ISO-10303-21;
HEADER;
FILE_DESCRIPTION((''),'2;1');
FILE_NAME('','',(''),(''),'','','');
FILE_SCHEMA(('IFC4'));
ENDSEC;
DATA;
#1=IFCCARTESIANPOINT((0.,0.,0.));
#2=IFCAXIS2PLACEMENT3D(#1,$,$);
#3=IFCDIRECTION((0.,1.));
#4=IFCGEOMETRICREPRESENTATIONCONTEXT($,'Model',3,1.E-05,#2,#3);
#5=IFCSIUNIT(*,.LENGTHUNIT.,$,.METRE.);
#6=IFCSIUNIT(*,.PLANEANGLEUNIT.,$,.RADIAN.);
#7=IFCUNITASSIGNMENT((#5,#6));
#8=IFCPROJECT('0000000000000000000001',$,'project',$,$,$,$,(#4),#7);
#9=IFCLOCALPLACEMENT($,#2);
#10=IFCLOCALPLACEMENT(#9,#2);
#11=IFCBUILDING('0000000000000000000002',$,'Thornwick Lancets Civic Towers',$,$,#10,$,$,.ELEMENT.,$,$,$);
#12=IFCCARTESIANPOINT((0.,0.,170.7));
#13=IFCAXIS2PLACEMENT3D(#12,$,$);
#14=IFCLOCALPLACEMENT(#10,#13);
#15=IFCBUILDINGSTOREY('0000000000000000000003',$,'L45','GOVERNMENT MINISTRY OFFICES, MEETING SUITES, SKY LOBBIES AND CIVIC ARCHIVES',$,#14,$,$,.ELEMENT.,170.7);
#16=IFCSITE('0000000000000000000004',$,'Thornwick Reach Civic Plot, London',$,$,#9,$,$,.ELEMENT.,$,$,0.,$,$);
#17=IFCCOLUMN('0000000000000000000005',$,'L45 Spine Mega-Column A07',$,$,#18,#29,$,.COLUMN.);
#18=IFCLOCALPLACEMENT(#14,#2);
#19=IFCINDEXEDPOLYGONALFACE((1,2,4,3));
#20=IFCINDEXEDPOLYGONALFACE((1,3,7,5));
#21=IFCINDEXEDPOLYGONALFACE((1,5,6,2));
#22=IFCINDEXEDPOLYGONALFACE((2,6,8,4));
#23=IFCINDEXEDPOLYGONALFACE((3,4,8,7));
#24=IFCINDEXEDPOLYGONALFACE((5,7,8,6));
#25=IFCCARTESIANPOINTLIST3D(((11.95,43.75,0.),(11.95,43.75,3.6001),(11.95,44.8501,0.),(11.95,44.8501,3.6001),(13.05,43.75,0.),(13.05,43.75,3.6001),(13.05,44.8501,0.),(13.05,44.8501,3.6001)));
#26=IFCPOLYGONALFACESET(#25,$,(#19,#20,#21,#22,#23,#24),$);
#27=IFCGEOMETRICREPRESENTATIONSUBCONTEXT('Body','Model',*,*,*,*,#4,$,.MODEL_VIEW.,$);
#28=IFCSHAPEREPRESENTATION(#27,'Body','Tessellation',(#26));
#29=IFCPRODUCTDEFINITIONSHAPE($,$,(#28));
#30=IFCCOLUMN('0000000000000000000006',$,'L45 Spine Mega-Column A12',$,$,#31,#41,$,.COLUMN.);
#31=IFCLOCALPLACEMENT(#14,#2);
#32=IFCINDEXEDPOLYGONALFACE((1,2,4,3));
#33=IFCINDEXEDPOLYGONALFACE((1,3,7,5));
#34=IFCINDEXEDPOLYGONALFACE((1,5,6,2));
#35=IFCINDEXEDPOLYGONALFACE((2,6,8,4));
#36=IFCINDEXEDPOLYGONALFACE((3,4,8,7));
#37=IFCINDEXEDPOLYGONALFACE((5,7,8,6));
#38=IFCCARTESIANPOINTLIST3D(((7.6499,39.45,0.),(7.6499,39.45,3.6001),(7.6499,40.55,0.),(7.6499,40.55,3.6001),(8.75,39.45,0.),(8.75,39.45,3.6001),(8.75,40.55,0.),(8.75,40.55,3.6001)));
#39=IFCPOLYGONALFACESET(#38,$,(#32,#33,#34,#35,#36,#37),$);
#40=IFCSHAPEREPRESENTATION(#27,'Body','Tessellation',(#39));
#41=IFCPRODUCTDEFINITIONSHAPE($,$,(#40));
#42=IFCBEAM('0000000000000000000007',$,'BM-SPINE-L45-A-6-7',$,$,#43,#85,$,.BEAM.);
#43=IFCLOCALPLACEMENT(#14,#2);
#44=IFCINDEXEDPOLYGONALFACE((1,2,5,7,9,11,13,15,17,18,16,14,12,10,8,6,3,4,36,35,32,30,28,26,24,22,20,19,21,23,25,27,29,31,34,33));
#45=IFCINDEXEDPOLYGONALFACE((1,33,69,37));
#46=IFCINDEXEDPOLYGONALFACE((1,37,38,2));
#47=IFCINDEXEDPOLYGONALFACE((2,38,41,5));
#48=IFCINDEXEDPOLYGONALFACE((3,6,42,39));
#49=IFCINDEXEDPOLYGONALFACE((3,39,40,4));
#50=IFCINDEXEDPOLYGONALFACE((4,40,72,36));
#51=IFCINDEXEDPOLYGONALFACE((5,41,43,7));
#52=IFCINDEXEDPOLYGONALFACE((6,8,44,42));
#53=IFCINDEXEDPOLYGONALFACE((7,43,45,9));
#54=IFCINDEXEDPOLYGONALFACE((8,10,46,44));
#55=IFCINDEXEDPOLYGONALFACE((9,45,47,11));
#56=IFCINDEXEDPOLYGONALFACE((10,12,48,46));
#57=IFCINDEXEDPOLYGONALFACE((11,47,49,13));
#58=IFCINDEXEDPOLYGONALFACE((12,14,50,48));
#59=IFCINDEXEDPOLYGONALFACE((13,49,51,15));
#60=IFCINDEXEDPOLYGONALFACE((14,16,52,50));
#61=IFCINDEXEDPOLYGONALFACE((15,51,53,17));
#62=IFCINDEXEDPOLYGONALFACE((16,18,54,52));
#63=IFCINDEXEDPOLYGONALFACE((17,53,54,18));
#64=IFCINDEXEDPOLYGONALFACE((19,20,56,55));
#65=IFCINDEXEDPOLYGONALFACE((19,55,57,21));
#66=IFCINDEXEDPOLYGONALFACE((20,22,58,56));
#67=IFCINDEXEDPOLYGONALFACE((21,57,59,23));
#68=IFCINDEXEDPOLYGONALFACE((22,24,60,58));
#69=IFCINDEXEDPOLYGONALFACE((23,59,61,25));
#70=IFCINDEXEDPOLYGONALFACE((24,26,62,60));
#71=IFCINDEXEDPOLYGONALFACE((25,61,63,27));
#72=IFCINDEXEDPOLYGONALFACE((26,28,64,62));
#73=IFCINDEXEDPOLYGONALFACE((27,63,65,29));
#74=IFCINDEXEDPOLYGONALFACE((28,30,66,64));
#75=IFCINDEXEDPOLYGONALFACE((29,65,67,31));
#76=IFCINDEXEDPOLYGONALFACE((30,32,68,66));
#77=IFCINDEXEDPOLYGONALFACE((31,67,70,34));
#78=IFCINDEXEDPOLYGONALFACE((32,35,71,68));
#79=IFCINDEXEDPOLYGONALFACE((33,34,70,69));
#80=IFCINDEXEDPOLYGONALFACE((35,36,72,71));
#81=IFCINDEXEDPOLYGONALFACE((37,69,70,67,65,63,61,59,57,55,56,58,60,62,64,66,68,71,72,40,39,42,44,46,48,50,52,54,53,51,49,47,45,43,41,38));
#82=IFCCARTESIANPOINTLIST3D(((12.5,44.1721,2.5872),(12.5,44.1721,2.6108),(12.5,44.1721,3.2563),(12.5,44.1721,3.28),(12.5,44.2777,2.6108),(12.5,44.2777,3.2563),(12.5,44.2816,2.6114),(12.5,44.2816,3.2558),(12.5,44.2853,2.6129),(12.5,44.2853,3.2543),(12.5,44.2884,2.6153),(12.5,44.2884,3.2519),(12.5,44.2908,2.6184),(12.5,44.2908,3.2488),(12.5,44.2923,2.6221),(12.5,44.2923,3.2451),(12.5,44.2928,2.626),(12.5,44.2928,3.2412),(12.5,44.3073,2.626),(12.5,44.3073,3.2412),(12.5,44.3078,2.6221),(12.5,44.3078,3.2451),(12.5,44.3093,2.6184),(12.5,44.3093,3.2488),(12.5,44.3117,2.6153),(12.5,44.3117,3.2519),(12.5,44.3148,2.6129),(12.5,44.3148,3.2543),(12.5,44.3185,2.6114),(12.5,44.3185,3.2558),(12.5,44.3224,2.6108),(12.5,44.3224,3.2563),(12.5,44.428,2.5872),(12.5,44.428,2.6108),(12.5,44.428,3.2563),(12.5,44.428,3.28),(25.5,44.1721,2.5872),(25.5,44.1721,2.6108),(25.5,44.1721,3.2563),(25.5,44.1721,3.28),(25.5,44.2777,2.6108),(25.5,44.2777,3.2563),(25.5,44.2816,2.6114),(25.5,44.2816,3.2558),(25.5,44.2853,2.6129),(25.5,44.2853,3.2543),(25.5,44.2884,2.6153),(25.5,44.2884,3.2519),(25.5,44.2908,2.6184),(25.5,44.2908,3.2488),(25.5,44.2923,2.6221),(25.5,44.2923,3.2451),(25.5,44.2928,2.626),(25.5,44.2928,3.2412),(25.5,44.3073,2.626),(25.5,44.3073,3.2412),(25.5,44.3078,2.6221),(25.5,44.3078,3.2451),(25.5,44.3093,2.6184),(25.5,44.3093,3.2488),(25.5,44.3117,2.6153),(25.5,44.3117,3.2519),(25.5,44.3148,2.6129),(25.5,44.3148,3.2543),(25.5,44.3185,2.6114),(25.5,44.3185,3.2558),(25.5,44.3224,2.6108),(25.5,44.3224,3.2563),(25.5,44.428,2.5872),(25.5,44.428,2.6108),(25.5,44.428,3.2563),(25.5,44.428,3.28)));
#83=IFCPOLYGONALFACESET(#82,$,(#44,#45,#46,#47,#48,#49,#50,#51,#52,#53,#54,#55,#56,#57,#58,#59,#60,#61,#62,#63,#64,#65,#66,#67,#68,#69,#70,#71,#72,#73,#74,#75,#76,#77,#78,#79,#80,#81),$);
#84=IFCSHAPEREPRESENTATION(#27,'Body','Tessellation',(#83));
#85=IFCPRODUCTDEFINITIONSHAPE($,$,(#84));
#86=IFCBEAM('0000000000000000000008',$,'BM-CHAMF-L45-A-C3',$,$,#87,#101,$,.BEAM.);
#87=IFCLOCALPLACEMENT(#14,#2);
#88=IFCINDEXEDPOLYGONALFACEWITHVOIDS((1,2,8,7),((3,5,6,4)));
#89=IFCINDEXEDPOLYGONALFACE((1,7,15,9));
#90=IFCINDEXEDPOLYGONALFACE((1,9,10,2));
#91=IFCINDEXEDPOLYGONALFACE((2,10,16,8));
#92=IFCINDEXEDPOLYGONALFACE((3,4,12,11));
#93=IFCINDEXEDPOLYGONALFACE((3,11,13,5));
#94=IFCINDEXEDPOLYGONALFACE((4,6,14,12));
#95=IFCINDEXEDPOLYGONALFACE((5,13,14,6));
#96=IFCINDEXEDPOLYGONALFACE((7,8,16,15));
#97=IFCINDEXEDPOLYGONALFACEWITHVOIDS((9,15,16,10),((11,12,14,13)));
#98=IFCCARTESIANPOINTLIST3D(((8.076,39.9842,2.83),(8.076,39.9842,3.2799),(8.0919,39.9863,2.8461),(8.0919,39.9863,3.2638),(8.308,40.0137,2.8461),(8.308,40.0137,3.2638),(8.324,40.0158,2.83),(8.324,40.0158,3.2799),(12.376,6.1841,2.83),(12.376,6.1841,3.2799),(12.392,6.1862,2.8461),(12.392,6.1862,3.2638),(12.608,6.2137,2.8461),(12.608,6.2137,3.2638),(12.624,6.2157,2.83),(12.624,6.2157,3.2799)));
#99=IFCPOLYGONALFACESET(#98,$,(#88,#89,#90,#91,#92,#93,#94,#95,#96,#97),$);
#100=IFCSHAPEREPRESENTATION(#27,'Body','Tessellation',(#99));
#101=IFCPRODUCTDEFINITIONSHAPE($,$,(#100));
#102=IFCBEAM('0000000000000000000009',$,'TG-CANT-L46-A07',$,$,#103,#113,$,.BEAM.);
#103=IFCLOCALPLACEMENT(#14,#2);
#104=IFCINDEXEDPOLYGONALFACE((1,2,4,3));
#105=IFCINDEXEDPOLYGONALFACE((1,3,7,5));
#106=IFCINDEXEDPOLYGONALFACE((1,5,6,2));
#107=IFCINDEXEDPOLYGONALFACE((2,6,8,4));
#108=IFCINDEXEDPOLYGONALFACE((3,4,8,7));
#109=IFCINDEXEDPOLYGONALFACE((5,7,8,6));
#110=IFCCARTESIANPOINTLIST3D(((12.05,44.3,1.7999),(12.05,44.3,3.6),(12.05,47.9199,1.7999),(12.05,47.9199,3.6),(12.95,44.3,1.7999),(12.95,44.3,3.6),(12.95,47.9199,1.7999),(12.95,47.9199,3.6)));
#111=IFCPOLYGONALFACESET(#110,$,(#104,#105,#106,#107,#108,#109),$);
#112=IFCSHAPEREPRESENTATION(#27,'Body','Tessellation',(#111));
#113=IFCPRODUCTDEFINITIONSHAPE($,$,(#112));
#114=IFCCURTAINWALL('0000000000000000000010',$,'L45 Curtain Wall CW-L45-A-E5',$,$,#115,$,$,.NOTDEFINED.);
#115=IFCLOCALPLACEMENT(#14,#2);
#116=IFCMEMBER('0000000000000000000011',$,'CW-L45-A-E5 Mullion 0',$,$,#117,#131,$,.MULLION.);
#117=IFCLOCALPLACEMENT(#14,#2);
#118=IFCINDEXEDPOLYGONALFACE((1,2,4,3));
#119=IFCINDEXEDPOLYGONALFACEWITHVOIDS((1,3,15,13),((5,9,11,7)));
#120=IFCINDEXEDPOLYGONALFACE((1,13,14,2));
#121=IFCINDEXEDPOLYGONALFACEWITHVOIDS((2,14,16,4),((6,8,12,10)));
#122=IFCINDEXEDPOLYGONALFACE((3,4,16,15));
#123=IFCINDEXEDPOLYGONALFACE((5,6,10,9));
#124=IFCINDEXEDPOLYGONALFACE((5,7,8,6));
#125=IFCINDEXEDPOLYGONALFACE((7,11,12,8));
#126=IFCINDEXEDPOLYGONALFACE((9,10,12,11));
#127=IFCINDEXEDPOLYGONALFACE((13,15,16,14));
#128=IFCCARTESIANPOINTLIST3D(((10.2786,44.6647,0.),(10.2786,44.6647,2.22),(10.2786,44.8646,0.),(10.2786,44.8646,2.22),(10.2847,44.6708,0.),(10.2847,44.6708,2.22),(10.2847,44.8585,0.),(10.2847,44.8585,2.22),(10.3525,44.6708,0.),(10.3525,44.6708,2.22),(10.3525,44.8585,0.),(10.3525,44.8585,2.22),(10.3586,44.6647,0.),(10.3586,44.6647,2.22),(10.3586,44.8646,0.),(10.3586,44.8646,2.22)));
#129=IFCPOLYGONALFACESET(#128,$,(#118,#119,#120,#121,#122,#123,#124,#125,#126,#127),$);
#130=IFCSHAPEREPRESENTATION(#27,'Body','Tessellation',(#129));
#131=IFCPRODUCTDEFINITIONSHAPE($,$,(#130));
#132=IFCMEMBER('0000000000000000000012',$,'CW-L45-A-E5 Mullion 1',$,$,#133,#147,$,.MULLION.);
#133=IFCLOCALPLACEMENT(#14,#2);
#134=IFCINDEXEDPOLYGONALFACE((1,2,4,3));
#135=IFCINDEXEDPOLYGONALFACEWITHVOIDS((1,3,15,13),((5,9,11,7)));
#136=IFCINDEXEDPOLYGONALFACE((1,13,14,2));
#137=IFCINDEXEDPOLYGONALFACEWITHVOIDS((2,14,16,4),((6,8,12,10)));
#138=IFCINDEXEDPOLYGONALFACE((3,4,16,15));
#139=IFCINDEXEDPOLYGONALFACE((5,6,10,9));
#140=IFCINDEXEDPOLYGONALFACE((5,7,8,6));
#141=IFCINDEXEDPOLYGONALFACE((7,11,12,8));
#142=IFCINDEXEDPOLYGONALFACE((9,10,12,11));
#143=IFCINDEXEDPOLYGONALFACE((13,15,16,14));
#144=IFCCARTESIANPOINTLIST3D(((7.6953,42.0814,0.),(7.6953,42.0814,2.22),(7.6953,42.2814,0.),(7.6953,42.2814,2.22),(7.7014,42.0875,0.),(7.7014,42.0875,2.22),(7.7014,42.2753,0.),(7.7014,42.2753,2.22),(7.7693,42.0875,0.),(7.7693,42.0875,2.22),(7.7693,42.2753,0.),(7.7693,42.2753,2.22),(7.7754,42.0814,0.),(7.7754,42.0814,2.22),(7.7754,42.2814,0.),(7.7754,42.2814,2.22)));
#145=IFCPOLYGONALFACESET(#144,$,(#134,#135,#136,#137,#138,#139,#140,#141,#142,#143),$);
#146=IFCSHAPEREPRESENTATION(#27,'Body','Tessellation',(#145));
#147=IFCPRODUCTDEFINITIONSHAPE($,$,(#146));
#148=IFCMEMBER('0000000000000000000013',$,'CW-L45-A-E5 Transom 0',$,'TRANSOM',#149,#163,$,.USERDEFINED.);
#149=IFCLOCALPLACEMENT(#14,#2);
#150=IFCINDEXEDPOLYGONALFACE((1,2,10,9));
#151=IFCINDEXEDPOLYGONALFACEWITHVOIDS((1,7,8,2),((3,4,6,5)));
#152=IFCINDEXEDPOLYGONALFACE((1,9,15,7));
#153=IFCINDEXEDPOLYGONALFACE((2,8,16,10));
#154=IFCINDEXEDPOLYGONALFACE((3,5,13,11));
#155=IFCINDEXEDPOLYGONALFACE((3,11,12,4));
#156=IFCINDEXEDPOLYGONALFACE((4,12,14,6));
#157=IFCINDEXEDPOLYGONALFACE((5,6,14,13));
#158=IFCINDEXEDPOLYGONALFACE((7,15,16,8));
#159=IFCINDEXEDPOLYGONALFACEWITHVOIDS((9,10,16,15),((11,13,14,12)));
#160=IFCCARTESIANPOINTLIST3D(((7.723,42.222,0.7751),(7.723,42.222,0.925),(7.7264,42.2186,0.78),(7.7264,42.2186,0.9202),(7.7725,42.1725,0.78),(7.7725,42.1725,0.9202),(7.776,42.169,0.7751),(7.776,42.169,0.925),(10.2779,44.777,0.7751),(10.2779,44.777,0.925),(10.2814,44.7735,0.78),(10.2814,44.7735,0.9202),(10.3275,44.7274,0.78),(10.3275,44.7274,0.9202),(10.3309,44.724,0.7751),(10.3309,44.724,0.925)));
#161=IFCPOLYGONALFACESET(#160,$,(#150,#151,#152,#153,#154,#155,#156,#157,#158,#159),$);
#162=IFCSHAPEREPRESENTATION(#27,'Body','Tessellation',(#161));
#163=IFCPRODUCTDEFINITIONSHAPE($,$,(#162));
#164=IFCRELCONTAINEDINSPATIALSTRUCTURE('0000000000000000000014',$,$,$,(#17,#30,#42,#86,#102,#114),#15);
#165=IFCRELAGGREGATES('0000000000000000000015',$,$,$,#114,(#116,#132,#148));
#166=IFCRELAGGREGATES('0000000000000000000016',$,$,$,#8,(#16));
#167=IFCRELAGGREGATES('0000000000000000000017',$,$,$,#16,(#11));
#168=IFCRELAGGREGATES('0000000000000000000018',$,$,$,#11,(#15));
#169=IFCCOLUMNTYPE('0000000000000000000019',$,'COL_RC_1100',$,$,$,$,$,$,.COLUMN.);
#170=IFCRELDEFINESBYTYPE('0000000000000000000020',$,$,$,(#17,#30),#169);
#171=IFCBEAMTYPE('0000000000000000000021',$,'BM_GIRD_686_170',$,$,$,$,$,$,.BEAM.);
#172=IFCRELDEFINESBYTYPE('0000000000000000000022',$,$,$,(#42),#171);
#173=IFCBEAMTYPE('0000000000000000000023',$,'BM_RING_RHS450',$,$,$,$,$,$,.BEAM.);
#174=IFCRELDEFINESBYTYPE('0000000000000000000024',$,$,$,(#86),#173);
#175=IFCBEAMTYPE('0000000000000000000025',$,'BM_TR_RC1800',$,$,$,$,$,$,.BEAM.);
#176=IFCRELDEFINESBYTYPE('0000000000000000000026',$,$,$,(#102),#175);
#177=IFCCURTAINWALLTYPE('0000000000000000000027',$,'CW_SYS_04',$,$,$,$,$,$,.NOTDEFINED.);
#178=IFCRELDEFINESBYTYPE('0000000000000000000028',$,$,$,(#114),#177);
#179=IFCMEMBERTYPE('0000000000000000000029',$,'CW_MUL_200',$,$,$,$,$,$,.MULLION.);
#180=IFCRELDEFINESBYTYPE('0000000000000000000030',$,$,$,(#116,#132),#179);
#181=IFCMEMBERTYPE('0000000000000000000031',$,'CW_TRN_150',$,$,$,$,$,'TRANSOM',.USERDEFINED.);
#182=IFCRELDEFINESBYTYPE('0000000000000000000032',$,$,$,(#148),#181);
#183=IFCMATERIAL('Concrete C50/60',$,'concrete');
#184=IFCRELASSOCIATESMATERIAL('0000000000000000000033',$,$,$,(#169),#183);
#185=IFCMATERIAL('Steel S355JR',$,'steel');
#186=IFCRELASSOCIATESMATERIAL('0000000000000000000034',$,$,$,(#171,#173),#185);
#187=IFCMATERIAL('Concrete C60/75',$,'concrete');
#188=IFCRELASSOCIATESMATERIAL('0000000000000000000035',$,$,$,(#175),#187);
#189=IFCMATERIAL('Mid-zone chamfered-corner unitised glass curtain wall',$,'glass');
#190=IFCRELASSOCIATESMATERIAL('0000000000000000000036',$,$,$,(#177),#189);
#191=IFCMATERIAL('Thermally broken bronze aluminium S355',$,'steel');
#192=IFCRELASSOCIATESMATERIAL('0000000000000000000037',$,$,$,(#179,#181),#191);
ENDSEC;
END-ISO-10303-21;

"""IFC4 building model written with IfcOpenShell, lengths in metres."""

from ifc_helpers import new_model, si_unit, direction, frame, origin, origin_2d, place, context, subcontext, project, spatial, rectangle, hollow_rectangle, i_section, extrude, material, material_profile, profile_set, type_object, element, aggregate, save


model = new_model("IFC4")

# Units and contexts
model_context = context("Model", 3, precision=1e-05, world=origin(), true_north=direction((0.0, 1.0)))
body_context = subcontext(model_context, "Body", "Model", "MODEL_VIEW")
ifc_project = project(units=[si_unit("LENGTHUNIT", "METRE"), si_unit("PLANEANGLEUNIT", "RADIAN")], contexts=[model_context])

# Site, building, storey
site_placement = place(None, origin())
site = spatial("IfcSite", under=ifc_project, at=site_placement, Name="Thornwick Reach Civic Plot, London", CompositionType="ELEMENT", RefElevation=0.0)
building_placement = place(site_placement, origin())
building = spatial("IfcBuilding", under=site, at=building_placement, Name="Thornwick Lancets Civic Towers", CompositionType="ELEMENT")
storey_placement = place(building_placement, frame((0.0, 0.0, 170.7)))
storey = spatial("IfcBuildingStorey", under=building, at=storey_placement, Name="L45", Description="GOVERNMENT MINISTRY OFFICES, MEETING SUITES, SKY LOBBIES AND CIVIC ARCHIVES", CompositionType="ELEMENT", Elevation=170.7)

# Columns
ifc_material_1 = material(Name="Concrete C50/60", Category="concrete")
ifc_material_profile_1 = material_profile(ifc_material_1, rectangle(XDim=1.1001, YDim=1.1001, at=origin_2d()), Name="RC 1100x1100")
ifc_profile_set_1 = profile_set([ifc_material_profile_1], Name="Concrete C50/60")
column_type = type_object("IfcColumnType", Name="COL_RC_1100", PredefinedType="COLUMN", material=ifc_profile_set_1)
for number, where, z_axis, x_axis, name in (
    (1, (12.5, 44.3, 0.0), (0.0, 0.0, 1.0), (1.0, 0.0, 0.0), "L45 Spine Mega-Column A07"),
    (2, (8.2, 40.0, 0.0), (0.0, 0.0, 1.0), (1.0, 0.0, 0.0), "L45 Spine Mega-Column A12"),
):
    element("IfcColumn", number, at=place(storey_placement, frame(where, z_axis=z_axis, x_axis=x_axis)), inside=storey, type_object=column_type, Name=name, PredefinedType="COLUMN", context=body_context, shape_type="SweptSolid", body=[
        extrude(rectangle(XDim=1.1001, YDim=1.1001, at=origin_2d()), origin(), (0.0, 0.0, 1.0), 3.6001),
    ])

# Beams
ifc_material_2 = material(Name="Steel S355JR", Category="steel")
ifc_material_profile_2 = material_profile(ifc_material_2, i_section(OverallWidth=0.2559, OverallDepth=0.6929, WebThickness=0.0144, FlangeThickness=0.0237, FilletRadius=0.0151, at=origin_2d()), Name="UKB 686x254x170")
ifc_profile_set_2 = profile_set([ifc_material_profile_2], Name="Steel S355JR")
beam_type_1 = type_object("IfcBeamType", Name="BM_GIRD_686_170", PredefinedType="BEAM", material=ifc_profile_set_2)
beam_1_placement = place(storey_placement, frame((12.5, 44.3, 2.9336), z_axis=(1.0, 0.0, 0.0), x_axis=(0.0, 1.0, 0.0)))
element("IfcBeam", 3, at=beam_1_placement, inside=storey, type_object=beam_type_1, Name="BM-SPINE-L45-A-6-7", PredefinedType="BEAM", context=body_context, shape_type="SweptSolid", body=[
    extrude(i_section(OverallWidth=0.2559, OverallDepth=0.6929, WebThickness=0.0144, FlangeThickness=0.0237, FilletRadius=0.0151, at=origin_2d()), origin(), (0.0, 0.0, 1.0), 13.0),
])
ifc_material_profile_3 = material_profile(ifc_material_2, hollow_rectangle(XDim=0.25, YDim=0.45, WallThickness=0.0161, at=origin_2d()), Name="RHS 450x250x16")
ifc_profile_set_3 = profile_set([ifc_material_profile_3], Name="Steel S355JR")
beam_type_2 = type_object("IfcBeamType", Name="BM_RING_RHS450", PredefinedType="BEAM", material=ifc_profile_set_3)
beam_2_placement = place(storey_placement, frame((8.2, 40.0, 3.0549), z_axis=(0.126203, -0.992004, 0.0), x_axis=(0.992004, 0.126203, 0.0)))
element("IfcBeam", 4, at=beam_2_placement, inside=storey, type_object=beam_type_2, Name="BM-CHAMF-L45-A-C3", PredefinedType="BEAM", context=body_context, shape_type="SweptSolid", body=[
    extrude(hollow_rectangle(XDim=0.25, YDim=0.45, WallThickness=0.0161, at=origin_2d()), origin(), (0.0, 0.0, 1.0), 34.0725),
])
ifc_material_3 = material(Name="Concrete C60/75", Category="concrete")
ifc_material_profile_4 = material_profile(ifc_material_3, rectangle(XDim=0.8999, YDim=1.8, at=origin_2d()), Name="RC 900x1800")
ifc_profile_set_4 = profile_set([ifc_material_profile_4], Name="Concrete C60/75")
beam_type_3 = type_object("IfcBeamType", Name="BM_TR_RC1800", PredefinedType="BEAM", material=ifc_profile_set_4)
beam_3_placement = place(storey_placement, frame((12.5, 44.3, 2.7), z_axis=(0.0, 1.0, 0.0), x_axis=(-1.0, 0.0, 0.0)))
element("IfcBeam", 5, at=beam_3_placement, inside=storey, type_object=beam_type_3, Name="TG-CANT-L46-A07", PredefinedType="BEAM", context=body_context, shape_type="SweptSolid", body=[
    extrude(rectangle(XDim=0.8999, YDim=1.8, at=origin_2d()), origin(), (0.0, 0.0, 1.0), 3.6199),
])

# Curtain wall, members
ifc_material_4 = material(Name="Mid-zone chamfered-corner unitised glass curtain wall", Category="glass")
curtain_wall_type = type_object("IfcCurtainWallType", Name="CW_SYS_04", PredefinedType="NOTDEFINED", material=ifc_material_4)
curtain_wall_placement = place(storey_placement, origin())
curtain_wall = element("IfcCurtainWall", 6, at=curtain_wall_placement, inside=storey, type_object=curtain_wall_type, Name="L45 Curtain Wall CW-L45-A-E5", PredefinedType="NOTDEFINED")
ifc_material_5 = material(Name="Thermally broken bronze aluminium S355", Category="steel")
ifc_material_profile_5 = material_profile(ifc_material_5, hollow_rectangle(XDim=0.0801, YDim=0.2, WallThickness=0.0061, at=origin_2d()), Name="RHS 200x80x6")
ifc_profile_set_5 = profile_set([ifc_material_profile_5], Name="Thermally broken bronze aluminium S355")
member_type_1 = type_object("IfcMemberType", Name="CW_MUL_200", PredefinedType="MULLION", material=ifc_profile_set_5)
member_1_placement = place(storey_placement, frame((10.3186, 44.7646, 0.0), z_axis=(0.0, 0.0, 1.0), x_axis=(1.0, 0.0, 0.0)))
member_1 = element("IfcMember", 7, at=member_1_placement, type_object=member_type_1, Name="CW-L45-A-E5 Mullion 0", PredefinedType="MULLION", context=body_context, shape_type="SweptSolid", body=[
    extrude(hollow_rectangle(XDim=0.0801, YDim=0.2, WallThickness=0.0061, at=origin_2d()), origin(), (0.0, 0.0, 1.0), 2.22),
])
member_2_placement = place(storey_placement, frame((7.7354, 42.1814, 0.0), z_axis=(0.0, 0.0, 1.0), x_axis=(1.0, 0.0, 0.0)))
member_2 = element("IfcMember", 8, at=member_2_placement, type_object=member_type_1, Name="CW-L45-A-E5 Mullion 1", PredefinedType="MULLION", context=body_context, shape_type="SweptSolid", body=[
    extrude(hollow_rectangle(XDim=0.0801, YDim=0.2, WallThickness=0.0061, at=origin_2d()), origin(), (0.0, 0.0, 1.0), 2.22),
])
ifc_material_profile_6 = material_profile(ifc_material_5, hollow_rectangle(XDim=0.075, YDim=0.1499, WallThickness=0.0049, at=origin_2d()), Name="RHS 150x75x5")
ifc_profile_set_6 = profile_set([ifc_material_profile_6], Name="Thermally broken bronze aluminium S355")
member_type_2 = type_object("IfcMemberType", Name="CW_TRN_150", ElementType="TRANSOM", PredefinedType="USERDEFINED", material=ifc_profile_set_6)
member_3_placement = place(storey_placement, frame((10.3044, 44.7505, 0.8501), z_axis=(-0.707107, -0.707107, 0.0), x_axis=(0.707107, -0.707107, 0.0)))
member_3 = element("IfcMember", 9, at=member_3_placement, type_object=member_type_2, Name="CW-L45-A-E5 Transom 0", ObjectType="TRANSOM", PredefinedType="USERDEFINED", context=body_context, shape_type="SweptSolid", body=[
    extrude(hollow_rectangle(XDim=0.075, YDim=0.1499, WallThickness=0.0049, at=origin_2d()), origin(), (0.0, 0.0, 1.0), 3.6133),
])

aggregate(curtain_wall, [member_1, member_2, member_3])

save(model, "model.ifc")
